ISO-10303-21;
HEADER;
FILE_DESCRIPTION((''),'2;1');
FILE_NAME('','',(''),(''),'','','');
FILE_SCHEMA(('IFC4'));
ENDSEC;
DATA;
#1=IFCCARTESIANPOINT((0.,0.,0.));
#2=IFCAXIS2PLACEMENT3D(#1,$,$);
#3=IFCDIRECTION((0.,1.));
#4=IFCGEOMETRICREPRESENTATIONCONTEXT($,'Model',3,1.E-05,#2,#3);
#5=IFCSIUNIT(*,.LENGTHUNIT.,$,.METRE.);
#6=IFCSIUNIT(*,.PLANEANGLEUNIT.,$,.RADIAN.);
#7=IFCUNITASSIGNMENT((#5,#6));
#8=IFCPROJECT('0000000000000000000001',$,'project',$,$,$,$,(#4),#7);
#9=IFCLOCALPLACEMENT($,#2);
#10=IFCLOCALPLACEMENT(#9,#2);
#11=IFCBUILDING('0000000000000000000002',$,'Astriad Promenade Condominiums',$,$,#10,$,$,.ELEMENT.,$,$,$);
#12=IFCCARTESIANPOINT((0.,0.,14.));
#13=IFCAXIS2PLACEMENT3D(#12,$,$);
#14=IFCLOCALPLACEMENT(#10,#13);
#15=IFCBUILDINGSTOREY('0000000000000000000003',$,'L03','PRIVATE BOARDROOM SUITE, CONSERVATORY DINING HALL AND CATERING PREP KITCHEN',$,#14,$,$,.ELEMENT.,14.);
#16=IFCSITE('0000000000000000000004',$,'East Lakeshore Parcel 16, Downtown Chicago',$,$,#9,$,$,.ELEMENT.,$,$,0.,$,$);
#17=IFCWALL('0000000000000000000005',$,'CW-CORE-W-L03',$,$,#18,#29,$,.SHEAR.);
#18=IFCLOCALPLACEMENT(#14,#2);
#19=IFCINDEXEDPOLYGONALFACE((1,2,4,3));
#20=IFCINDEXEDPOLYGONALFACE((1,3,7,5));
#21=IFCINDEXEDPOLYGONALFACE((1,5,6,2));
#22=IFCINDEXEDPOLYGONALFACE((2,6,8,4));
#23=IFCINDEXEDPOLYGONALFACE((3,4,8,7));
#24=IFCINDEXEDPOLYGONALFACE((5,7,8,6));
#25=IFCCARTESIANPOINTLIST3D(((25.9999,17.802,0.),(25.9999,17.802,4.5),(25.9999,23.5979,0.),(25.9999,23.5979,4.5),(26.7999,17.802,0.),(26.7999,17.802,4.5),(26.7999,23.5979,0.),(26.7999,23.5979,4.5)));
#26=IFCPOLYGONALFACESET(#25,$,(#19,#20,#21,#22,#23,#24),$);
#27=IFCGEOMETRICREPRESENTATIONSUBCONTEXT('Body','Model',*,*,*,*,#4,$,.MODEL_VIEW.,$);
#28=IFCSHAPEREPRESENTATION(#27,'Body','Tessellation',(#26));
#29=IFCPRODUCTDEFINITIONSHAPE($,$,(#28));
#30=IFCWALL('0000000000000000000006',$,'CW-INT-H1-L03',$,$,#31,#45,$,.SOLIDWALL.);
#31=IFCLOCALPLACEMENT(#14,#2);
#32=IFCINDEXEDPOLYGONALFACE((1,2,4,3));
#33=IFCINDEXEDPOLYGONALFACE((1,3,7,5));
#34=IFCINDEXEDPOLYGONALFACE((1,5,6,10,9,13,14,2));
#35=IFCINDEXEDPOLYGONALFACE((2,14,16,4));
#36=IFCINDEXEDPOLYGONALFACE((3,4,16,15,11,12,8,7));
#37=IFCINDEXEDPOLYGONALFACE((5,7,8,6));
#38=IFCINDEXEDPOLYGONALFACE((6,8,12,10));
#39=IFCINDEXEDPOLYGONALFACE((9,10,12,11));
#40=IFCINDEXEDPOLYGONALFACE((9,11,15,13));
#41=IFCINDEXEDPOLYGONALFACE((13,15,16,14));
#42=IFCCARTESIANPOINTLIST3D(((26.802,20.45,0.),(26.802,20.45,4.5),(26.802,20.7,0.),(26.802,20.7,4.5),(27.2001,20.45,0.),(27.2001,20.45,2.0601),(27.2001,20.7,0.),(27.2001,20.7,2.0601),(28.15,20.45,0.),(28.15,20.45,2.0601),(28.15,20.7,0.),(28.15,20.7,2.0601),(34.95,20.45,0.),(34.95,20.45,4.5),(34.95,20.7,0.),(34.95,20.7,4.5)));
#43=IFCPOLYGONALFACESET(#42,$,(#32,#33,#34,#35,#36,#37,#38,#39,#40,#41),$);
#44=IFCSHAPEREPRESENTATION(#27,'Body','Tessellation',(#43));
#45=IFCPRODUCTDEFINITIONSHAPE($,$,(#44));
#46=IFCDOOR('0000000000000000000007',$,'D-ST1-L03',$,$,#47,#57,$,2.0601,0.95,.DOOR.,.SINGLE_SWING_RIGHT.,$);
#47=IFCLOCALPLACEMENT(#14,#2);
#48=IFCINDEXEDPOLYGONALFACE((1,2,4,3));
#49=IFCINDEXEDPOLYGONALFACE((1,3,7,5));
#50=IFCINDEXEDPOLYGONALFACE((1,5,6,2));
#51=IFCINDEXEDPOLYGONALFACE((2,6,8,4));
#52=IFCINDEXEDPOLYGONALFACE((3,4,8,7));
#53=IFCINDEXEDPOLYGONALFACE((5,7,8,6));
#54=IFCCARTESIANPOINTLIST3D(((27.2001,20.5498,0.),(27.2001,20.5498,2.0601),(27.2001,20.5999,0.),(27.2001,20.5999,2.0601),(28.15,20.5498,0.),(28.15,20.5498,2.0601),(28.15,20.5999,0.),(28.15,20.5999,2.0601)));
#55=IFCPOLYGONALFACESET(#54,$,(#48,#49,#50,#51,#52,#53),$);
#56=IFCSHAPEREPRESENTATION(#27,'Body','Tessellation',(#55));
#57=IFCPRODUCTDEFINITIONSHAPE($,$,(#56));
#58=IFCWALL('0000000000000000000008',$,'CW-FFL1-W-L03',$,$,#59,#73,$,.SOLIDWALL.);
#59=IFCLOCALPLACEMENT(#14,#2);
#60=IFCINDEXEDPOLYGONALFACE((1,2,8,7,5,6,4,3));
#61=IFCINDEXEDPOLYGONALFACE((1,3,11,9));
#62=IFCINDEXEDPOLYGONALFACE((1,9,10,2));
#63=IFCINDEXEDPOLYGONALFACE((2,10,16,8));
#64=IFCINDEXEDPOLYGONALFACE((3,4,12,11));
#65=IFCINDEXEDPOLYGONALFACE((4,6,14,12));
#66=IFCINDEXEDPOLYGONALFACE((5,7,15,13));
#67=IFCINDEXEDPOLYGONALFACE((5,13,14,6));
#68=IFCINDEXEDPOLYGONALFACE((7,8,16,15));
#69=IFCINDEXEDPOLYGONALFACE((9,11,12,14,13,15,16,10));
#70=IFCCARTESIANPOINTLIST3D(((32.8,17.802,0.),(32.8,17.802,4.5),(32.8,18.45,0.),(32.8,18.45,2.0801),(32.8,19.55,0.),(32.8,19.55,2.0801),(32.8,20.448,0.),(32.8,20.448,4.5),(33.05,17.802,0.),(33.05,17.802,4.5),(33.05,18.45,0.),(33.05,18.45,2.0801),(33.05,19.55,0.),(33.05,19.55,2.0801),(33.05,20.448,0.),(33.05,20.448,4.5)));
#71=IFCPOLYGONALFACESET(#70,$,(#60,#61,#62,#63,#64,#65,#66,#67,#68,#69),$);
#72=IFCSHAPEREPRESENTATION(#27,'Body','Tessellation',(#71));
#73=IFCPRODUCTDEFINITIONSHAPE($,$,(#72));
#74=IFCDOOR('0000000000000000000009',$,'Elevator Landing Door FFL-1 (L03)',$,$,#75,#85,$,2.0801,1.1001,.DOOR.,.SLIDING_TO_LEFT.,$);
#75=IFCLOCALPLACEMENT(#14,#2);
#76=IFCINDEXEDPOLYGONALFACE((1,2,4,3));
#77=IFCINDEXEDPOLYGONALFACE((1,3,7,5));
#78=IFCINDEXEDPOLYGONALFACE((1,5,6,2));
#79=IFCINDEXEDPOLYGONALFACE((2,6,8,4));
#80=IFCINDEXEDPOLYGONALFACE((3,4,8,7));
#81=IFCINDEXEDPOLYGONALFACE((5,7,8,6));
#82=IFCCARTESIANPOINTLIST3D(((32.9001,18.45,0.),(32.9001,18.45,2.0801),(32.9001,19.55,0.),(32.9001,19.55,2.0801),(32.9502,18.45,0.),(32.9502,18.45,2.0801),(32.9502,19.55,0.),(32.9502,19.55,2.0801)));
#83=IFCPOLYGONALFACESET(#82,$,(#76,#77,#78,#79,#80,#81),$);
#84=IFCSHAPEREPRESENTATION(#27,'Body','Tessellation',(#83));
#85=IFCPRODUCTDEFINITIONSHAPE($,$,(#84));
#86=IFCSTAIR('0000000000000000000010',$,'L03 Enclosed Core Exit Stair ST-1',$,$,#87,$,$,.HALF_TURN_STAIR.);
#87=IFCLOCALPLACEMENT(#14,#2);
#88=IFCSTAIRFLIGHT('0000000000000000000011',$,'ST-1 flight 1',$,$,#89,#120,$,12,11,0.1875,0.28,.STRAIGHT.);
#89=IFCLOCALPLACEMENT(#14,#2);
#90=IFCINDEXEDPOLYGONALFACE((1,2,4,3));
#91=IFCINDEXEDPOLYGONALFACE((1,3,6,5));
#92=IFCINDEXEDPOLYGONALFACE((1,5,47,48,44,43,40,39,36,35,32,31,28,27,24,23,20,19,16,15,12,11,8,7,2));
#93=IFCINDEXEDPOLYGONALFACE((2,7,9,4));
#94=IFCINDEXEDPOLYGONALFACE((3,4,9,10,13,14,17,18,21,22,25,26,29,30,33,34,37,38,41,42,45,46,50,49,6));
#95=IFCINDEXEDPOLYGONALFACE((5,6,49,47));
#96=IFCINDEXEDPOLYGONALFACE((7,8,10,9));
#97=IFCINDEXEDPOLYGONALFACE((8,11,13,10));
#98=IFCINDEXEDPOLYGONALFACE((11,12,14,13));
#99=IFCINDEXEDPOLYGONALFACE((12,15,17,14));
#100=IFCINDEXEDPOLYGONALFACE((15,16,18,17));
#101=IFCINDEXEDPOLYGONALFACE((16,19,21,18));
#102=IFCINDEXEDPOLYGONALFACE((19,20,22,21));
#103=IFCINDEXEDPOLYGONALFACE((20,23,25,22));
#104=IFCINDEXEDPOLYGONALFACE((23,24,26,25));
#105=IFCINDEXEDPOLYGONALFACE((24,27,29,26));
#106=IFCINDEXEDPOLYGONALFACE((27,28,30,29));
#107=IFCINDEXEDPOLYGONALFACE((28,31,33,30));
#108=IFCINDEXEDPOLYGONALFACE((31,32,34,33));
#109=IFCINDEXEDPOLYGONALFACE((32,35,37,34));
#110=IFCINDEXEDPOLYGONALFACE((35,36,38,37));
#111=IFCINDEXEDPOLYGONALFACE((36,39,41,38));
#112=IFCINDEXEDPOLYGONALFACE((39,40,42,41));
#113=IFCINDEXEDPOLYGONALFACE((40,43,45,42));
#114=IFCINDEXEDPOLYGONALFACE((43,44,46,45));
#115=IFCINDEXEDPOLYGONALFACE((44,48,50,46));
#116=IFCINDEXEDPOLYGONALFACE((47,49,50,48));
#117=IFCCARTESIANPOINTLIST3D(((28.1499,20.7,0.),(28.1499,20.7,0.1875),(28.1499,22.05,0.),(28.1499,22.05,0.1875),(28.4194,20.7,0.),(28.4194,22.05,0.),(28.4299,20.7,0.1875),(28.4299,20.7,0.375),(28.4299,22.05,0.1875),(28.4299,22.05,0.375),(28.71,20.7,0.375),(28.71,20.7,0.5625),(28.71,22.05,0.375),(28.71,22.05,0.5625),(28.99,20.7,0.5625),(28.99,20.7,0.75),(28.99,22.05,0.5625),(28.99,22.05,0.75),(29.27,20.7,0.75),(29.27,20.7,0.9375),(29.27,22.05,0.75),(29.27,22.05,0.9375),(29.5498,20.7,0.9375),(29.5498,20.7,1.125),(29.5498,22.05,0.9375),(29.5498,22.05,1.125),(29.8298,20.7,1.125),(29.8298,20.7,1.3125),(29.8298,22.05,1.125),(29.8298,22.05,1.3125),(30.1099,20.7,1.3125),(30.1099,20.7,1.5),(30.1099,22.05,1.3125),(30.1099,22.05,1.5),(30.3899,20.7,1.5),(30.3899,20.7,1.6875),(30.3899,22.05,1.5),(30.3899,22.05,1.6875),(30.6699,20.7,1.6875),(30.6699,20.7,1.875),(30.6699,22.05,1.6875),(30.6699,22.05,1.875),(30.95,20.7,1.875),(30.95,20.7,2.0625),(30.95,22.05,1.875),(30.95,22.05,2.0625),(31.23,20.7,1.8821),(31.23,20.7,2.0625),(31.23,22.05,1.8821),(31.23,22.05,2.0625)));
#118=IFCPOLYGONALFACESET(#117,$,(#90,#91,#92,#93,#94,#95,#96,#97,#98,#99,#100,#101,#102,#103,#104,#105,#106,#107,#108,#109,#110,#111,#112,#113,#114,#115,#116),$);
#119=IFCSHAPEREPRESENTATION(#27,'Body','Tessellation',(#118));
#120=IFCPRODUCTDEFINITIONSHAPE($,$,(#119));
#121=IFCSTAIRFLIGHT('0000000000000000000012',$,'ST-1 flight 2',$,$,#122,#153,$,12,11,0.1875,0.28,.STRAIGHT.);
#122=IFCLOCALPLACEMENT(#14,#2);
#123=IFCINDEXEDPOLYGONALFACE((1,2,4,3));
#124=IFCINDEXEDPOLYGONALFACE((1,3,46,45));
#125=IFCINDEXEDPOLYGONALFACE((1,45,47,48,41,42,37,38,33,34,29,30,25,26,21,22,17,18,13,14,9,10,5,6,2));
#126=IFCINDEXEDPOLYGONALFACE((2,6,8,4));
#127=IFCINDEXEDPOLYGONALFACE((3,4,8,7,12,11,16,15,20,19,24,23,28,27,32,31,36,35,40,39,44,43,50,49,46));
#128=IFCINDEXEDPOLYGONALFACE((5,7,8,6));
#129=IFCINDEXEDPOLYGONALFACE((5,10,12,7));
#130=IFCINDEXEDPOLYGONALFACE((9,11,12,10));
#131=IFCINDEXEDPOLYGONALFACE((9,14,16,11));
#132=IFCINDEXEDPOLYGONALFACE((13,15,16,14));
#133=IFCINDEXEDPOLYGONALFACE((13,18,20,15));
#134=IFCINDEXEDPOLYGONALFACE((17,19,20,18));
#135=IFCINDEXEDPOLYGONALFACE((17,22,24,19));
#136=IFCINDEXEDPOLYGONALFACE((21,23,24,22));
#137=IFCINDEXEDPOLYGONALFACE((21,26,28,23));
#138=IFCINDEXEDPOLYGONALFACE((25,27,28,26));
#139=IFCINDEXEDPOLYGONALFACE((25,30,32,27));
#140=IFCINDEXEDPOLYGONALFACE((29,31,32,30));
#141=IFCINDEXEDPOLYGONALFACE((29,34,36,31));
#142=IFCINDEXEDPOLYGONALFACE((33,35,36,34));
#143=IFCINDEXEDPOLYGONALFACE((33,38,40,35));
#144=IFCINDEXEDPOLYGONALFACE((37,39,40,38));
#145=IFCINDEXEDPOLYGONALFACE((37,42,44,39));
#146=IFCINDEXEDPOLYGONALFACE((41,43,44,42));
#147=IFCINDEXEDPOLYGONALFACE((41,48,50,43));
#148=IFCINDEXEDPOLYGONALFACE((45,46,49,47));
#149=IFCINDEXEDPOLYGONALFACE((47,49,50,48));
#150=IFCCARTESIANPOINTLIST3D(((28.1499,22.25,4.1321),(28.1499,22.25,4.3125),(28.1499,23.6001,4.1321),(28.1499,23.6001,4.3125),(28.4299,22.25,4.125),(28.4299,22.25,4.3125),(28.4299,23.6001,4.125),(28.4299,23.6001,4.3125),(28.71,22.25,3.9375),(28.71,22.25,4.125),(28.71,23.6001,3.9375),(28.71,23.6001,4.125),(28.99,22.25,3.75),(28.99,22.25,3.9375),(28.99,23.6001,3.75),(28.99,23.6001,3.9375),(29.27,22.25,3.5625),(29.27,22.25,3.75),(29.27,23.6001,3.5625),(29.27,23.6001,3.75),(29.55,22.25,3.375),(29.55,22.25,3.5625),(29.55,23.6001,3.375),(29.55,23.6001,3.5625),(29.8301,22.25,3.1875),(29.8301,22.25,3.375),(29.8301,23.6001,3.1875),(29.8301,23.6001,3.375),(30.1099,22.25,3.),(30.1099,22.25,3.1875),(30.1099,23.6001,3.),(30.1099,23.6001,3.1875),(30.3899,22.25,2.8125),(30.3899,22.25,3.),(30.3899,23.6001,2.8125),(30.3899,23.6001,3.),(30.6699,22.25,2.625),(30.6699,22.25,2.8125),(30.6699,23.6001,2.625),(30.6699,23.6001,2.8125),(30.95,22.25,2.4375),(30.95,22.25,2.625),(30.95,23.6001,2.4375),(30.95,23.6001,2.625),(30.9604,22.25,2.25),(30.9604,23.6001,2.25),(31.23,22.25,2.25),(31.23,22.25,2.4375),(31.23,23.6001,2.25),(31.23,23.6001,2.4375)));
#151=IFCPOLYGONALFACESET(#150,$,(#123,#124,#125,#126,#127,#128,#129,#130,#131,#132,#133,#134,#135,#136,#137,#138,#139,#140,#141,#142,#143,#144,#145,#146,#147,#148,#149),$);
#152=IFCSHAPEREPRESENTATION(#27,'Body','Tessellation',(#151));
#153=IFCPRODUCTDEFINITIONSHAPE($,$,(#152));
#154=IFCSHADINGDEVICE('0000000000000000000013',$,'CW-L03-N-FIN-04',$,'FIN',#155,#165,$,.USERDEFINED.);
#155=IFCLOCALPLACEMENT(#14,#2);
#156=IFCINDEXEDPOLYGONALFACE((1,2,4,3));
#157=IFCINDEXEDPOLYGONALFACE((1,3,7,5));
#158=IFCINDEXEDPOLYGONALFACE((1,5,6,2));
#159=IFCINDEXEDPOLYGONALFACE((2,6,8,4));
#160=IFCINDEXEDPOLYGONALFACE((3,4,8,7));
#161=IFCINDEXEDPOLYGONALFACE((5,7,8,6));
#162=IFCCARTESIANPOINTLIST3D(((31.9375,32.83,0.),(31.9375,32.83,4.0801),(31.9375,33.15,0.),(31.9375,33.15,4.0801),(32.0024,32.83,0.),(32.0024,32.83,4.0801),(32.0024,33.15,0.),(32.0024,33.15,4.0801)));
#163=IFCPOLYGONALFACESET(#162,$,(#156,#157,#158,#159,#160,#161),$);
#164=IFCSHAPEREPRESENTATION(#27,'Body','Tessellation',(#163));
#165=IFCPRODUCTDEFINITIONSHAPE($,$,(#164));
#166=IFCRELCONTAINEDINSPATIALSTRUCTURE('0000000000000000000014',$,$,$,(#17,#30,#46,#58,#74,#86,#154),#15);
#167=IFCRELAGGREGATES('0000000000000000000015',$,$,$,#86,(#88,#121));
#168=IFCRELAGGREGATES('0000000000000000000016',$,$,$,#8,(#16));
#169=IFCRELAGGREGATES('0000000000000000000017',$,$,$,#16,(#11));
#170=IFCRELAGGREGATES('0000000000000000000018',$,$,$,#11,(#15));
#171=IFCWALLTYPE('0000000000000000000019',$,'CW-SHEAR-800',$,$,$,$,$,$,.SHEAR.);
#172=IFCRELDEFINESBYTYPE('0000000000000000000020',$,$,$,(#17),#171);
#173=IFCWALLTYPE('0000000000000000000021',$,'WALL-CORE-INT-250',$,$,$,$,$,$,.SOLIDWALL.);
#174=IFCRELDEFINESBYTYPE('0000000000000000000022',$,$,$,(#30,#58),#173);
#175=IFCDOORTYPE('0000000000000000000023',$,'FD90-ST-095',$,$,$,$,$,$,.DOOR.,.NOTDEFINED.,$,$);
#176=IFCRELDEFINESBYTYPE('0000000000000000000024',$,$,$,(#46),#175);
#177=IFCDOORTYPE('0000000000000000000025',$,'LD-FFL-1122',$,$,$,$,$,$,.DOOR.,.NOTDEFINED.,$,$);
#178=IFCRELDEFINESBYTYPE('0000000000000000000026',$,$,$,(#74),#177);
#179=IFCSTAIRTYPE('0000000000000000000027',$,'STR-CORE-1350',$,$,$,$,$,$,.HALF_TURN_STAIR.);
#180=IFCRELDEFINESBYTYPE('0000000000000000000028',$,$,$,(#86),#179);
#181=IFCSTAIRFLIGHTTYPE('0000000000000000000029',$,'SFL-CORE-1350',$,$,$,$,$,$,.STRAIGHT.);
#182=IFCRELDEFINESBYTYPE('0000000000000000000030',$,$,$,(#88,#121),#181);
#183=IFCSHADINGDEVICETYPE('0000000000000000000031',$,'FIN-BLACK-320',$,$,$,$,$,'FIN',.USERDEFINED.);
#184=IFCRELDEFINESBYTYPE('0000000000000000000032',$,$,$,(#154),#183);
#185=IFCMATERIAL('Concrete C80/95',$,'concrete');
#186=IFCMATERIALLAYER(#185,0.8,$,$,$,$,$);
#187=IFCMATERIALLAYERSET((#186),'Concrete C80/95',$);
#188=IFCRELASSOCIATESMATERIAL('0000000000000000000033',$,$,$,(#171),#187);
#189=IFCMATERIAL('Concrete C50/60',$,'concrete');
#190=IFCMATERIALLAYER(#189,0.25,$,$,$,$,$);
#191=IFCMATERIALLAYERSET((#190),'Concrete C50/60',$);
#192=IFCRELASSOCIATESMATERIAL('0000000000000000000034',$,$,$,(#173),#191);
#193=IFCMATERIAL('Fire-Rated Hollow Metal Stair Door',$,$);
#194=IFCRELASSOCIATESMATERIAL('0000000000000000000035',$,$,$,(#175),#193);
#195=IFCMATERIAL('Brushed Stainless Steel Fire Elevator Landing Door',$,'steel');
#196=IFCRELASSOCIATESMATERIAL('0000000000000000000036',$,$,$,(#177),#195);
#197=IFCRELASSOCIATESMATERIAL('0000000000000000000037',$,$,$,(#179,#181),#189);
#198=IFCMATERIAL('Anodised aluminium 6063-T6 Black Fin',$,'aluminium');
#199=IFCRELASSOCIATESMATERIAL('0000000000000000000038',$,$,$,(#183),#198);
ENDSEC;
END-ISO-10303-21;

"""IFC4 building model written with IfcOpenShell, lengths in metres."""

from ifc_helpers import new_model, si_unit, direction, frame, frame_2d, origin, origin_2d, place, context, subcontext, project, spatial, polyline, rectangle, outline, extrude, source, transform, mapped, material, layer, layer_set, type_object, type_shapes, element, fill, aggregate, save


model = new_model("IFC4")

# Units and contexts
model_context = context("Model", 3, precision=1e-05, world=origin(), true_north=direction((0.0, 1.0)))
body_context = subcontext(model_context, "Body", "Model", "MODEL_VIEW")
ifc_project = project(units=[si_unit("LENGTHUNIT", "METRE"), si_unit("PLANEANGLEUNIT", "RADIAN")], contexts=[model_context])

# Site, building, storey
site_placement = place(None, origin())
site = spatial("IfcSite", under=ifc_project, at=site_placement, Name="East Lakeshore Parcel 16, Downtown Chicago", CompositionType="ELEMENT", RefElevation=0.0)
building_placement = place(site_placement, origin())
building = spatial("IfcBuilding", under=site, at=building_placement, Name="Astriad Promenade Condominiums", CompositionType="ELEMENT")
storey_placement = place(building_placement, frame((0.0, 0.0, 14.0)))
storey = spatial("IfcBuildingStorey", under=building, at=storey_placement, Name="L03", Description="PRIVATE BOARDROOM SUITE, CONSERVATORY DINING HALL AND CATERING PREP KITCHEN", CompositionType="ELEMENT", Elevation=14.0)

# Shared definitions
ifc_material_1 = material(Name="Concrete C80/95", Category="concrete")

# Wall
ifc_layer_1 = layer(ifc_material_1, 0.8)
ifc_layer_set_1 = layer_set([ifc_layer_1], Name="Concrete C80/95")
wall_type_1 = type_object("IfcWallType", Name="CW-SHEAR-800", PredefinedType="SHEAR", material=ifc_layer_set_1)
wall_1_placement = place(storey_placement, frame((26.3999, 17.802, 0.0), z_axis=(0.0, 0.0, 1.0), x_axis=(0.0, 1.0, 0.0)))
element("IfcWall", 1, at=wall_1_placement, inside=storey, type_object=wall_type_1, Name="CW-CORE-W-L03", PredefinedType="SHEAR", context=body_context, shape_type="SweptSolid", body=[
    extrude(rectangle(XDim=5.7959, YDim=0.8, at=frame_2d((2.8979, 0.0))), origin(), (0.0, 0.0, 1.0), 4.5),
])

# Walls, openings, doors
ifc_material_2 = material(Name="Concrete C50/60", Category="concrete")
ifc_layer_2 = layer(ifc_material_2, 0.25)
ifc_layer_set_2 = layer_set([ifc_layer_2], Name="Concrete C50/60")
wall_type_2 = type_object("IfcWallType", Name="WALL-CORE-INT-250", PredefinedType="SOLIDWALL", material=ifc_layer_set_2)
wall_2_placement = place(storey_placement, frame((26.802, 20.575, 0.0), z_axis=(0.0, 0.0, 1.0), x_axis=(1.0, 0.0, 0.0)))
wall_2 = element("IfcWall", 2, at=wall_2_placement, inside=storey, type_object=wall_type_2, Name="CW-INT-H1-L03", PredefinedType="SOLIDWALL", context=body_context, shape_type="SweptSolid", body=[
    extrude(rectangle(XDim=8.1479, YDim=0.25, at=frame_2d((4.074, 0.0))), origin(), (0.0, 0.0, 1.0), 4.5),
])
opening_1_placement = place(wall_2_placement, frame((0.3979, 0.0, 0.0)))
opening_1 = element("IfcOpeningElement", 3, at=opening_1_placement, cuts=wall_2, PredefinedType="OPENING", context=body_context, shape_type="SweptSolid", body=[
    extrude(rectangle(XDim=0.95, YDim=2.0601, at=frame_2d((0.4751, 1.03))), frame((0.0, 0.135, 0.0), z_axis=(0.0, -1.0, 0.0), x_axis=(1.0, 0.0, 0.0)), (0.0, 0.0, 1.0), 0.27),
])
ifc_material_3 = material(Name="Fire-Rated Hollow Metal Stair Door")
door_type_1 = type_object("IfcDoorType", Name="FD90-ST-095", OperationType="NOTDEFINED", PredefinedType="DOOR", material=ifc_material_3)
shared_shape_1 = source(origin(), body_context, "Body", "SweptSolid", [
    extrude(rectangle(XDim=0.95, YDim=2.0601, at=frame_2d((0.4751, 1.03))), frame((0.0, 0.0249, 0.0), z_axis=(0.0, -1.0, 0.0), x_axis=(1.0, 0.0, 0.0)), (0.0, 0.0, 1.0), 0.05),
])
type_shapes(door_type_1, [shared_shape_1])
door_1_placement = place(opening_1_placement, origin())
door_1 = element("IfcDoor", 4, at=door_1_placement, inside=storey, type_object=door_type_1, Name="D-ST1-L03", OperationType="SINGLE_SWING_RIGHT", OverallHeight=2.0601, OverallWidth=0.95, PredefinedType="DOOR", context=body_context, shape_type="MappedRepresentation", body=[
    mapped(shared_shape_1, transform((0.0, 0.0, 0.0), scale=1.0)),
])
fill(opening_1, door_1)
wall_3_placement = place(storey_placement, frame((32.925, 17.802, 0.0), z_axis=(0.0, 0.0, 1.0), x_axis=(0.0, 1.0, 0.0)))
wall_3 = element("IfcWall", 5, at=wall_3_placement, inside=storey, type_object=wall_type_2, Name="CW-FFL1-W-L03", PredefinedType="SOLIDWALL", context=body_context, shape_type="SweptSolid", body=[
    extrude(rectangle(XDim=2.646, YDim=0.25, at=frame_2d((1.323, 0.0))), origin(), (0.0, 0.0, 1.0), 4.5),
])
opening_2_placement = place(wall_3_placement, frame((0.6479, 0.0, 0.0)))
opening_2 = element("IfcOpeningElement", 6, at=opening_2_placement, cuts=wall_3, PredefinedType="OPENING", context=body_context, shape_type="SweptSolid", body=[
    extrude(rectangle(XDim=1.1001, YDim=2.0801, at=frame_2d((0.55, 1.04))), frame((0.0, 0.135, 0.0), z_axis=(0.0, -1.0, 0.0), x_axis=(1.0, 0.0, 0.0)), (0.0, 0.0, 1.0), 0.27),
])
ifc_material_4 = material(Name="Brushed Stainless Steel Fire Elevator Landing Door", Category="steel")
door_type_2 = type_object("IfcDoorType", Name="LD-FFL-1122", OperationType="NOTDEFINED", PredefinedType="DOOR", material=ifc_material_4)
shared_shape_2 = source(origin(), body_context, "Body", "SweptSolid", [
    extrude(rectangle(XDim=1.1001, YDim=2.0801, at=frame_2d((0.55, 1.04))), frame((0.0, 0.0249, 0.0), z_axis=(0.0, -1.0, 0.0), x_axis=(1.0, 0.0, 0.0)), (0.0, 0.0, 1.0), 0.05),
])
type_shapes(door_type_2, [shared_shape_2])
door_2_placement = place(opening_2_placement, origin())
door_2 = element("IfcDoor", 7, at=door_2_placement, inside=storey, type_object=door_type_2, Name="Elevator Landing Door FFL-1 (L03)", OperationType="SLIDING_TO_LEFT", OverallHeight=2.0801, OverallWidth=1.1001, PredefinedType="DOOR", context=body_context, shape_type="MappedRepresentation", body=[
    mapped(shared_shape_2, transform((0.0, 0.0, 0.0), scale=1.0)),
])
fill(opening_2, door_2)

# Stair, stair flights
stair_type = type_object("IfcStairType", Name="STR-CORE-1350", PredefinedType="HALF_TURN_STAIR", material=ifc_material_2)
stair_placement = place(storey_placement, origin())
stair = element("IfcStair", 8, at=stair_placement, inside=storey, type_object=stair_type, Name="L03 Enclosed Core Exit Stair ST-1", PredefinedType="HALF_TURN_STAIR")
stair_flight_type = type_object("IfcStairFlightType", Name="SFL-CORE-1350", PredefinedType="STRAIGHT", material=ifc_material_2)
shared_shape_3 = source(origin(), body_context, "Body", "SweptSolid", [
    extrude(outline(polyline([(0.0, 0.0), (0.0, 0.1875), (0.28, 0.1875), (0.28, 0.375), (0.5601, 0.375), (0.5601, 0.5625), (0.8401, 0.5625), (0.8401, 0.75), (1.1201, 0.75), (1.1201, 0.9375), (1.3999, 0.9375), (1.3999, 1.125), (1.6799, 1.125), (1.6799, 1.3125), (1.96, 1.3125), (1.96, 1.5), (2.24, 1.5), (2.24, 1.6875), (2.52, 1.6875), (2.52, 1.875), (2.8, 1.875), (2.8, 2.0625), (3.0801, 2.0625), (3.0801, 2.25), (3.0801, 1.8821), (0.2695, 0.0), (0.0, 0.0)])), frame((0.0, 0.675, 0.0), z_axis=(0.0, -1.0, 0.0), x_axis=(1.0, 0.0, 0.0)), (0.0, 0.0, 1.0), 1.3501),
])
type_shapes(stair_flight_type, [shared_shape_3])
stair_flight_1_placement = place(storey_placement, frame((28.1499, 21.375, 0.0), z_axis=(0.0, 0.0, 1.0), x_axis=(1.0, 0.0, 0.0)))
stair_flight_1 = element("IfcStairFlight", 9, at=stair_flight_1_placement, type_object=stair_flight_type, Name="ST-1 flight 1", NumberOfRisers=12, NumberOfTreads=11, PredefinedType="STRAIGHT", RiserHeight=0.1875, TreadLength=0.28, context=body_context, shape_type="MappedRepresentation", body=[
    mapped(shared_shape_3, transform((0.0, 0.0, 0.0), scale=1.0)),
])
stair_flight_2_placement = place(storey_placement, frame((31.23, 22.925, 2.25), z_axis=(0.0, 0.0, 1.0), x_axis=(-1.0, 0.0, 0.0)))
stair_flight_2 = element("IfcStairFlight", 10, at=stair_flight_2_placement, type_object=stair_flight_type, Name="ST-1 flight 2", NumberOfRisers=12, NumberOfTreads=11, PredefinedType="STRAIGHT", RiserHeight=0.1875, TreadLength=0.28, context=body_context, shape_type="MappedRepresentation", body=[
    mapped(shared_shape_3, transform((0.0, 0.0, 0.0), scale=1.0)),
])
aggregate(stair, [stair_flight_1, stair_flight_2])

# Shading device
ifc_material_5 = material(Name="Anodised aluminium 6063-T6 Black Fin", Category="aluminium")
shading_device_type = type_object("IfcShadingDeviceType", Name="FIN-BLACK-320", ElementType="FIN", PredefinedType="USERDEFINED", material=ifc_material_5)
shared_shape_4 = source(origin(), body_context, "Body", "SweptSolid", [
    extrude(rectangle(XDim=0.0649, YDim=0.3201, at=origin_2d()), origin(), (0.0, 0.0, 1.0), 4.0801),
])
type_shapes(shading_device_type, [shared_shape_4])
shading_device_placement = place(storey_placement, frame((31.97, 32.99, 0.0), z_axis=(0.0, 0.0, 1.0), x_axis=(1.0, 0.0, 0.0)))
element("IfcShadingDevice", 11, at=shading_device_placement, inside=storey, type_object=shading_device_type, Name="CW-L03-N-FIN-04", ObjectType="FIN", PredefinedType="USERDEFINED", context=body_context, shape_type="MappedRepresentation", body=[
    mapped(shared_shape_4, transform((0.0, 0.0, 0.0), scale=1.0)),
])

save(model, "model.ifc")
